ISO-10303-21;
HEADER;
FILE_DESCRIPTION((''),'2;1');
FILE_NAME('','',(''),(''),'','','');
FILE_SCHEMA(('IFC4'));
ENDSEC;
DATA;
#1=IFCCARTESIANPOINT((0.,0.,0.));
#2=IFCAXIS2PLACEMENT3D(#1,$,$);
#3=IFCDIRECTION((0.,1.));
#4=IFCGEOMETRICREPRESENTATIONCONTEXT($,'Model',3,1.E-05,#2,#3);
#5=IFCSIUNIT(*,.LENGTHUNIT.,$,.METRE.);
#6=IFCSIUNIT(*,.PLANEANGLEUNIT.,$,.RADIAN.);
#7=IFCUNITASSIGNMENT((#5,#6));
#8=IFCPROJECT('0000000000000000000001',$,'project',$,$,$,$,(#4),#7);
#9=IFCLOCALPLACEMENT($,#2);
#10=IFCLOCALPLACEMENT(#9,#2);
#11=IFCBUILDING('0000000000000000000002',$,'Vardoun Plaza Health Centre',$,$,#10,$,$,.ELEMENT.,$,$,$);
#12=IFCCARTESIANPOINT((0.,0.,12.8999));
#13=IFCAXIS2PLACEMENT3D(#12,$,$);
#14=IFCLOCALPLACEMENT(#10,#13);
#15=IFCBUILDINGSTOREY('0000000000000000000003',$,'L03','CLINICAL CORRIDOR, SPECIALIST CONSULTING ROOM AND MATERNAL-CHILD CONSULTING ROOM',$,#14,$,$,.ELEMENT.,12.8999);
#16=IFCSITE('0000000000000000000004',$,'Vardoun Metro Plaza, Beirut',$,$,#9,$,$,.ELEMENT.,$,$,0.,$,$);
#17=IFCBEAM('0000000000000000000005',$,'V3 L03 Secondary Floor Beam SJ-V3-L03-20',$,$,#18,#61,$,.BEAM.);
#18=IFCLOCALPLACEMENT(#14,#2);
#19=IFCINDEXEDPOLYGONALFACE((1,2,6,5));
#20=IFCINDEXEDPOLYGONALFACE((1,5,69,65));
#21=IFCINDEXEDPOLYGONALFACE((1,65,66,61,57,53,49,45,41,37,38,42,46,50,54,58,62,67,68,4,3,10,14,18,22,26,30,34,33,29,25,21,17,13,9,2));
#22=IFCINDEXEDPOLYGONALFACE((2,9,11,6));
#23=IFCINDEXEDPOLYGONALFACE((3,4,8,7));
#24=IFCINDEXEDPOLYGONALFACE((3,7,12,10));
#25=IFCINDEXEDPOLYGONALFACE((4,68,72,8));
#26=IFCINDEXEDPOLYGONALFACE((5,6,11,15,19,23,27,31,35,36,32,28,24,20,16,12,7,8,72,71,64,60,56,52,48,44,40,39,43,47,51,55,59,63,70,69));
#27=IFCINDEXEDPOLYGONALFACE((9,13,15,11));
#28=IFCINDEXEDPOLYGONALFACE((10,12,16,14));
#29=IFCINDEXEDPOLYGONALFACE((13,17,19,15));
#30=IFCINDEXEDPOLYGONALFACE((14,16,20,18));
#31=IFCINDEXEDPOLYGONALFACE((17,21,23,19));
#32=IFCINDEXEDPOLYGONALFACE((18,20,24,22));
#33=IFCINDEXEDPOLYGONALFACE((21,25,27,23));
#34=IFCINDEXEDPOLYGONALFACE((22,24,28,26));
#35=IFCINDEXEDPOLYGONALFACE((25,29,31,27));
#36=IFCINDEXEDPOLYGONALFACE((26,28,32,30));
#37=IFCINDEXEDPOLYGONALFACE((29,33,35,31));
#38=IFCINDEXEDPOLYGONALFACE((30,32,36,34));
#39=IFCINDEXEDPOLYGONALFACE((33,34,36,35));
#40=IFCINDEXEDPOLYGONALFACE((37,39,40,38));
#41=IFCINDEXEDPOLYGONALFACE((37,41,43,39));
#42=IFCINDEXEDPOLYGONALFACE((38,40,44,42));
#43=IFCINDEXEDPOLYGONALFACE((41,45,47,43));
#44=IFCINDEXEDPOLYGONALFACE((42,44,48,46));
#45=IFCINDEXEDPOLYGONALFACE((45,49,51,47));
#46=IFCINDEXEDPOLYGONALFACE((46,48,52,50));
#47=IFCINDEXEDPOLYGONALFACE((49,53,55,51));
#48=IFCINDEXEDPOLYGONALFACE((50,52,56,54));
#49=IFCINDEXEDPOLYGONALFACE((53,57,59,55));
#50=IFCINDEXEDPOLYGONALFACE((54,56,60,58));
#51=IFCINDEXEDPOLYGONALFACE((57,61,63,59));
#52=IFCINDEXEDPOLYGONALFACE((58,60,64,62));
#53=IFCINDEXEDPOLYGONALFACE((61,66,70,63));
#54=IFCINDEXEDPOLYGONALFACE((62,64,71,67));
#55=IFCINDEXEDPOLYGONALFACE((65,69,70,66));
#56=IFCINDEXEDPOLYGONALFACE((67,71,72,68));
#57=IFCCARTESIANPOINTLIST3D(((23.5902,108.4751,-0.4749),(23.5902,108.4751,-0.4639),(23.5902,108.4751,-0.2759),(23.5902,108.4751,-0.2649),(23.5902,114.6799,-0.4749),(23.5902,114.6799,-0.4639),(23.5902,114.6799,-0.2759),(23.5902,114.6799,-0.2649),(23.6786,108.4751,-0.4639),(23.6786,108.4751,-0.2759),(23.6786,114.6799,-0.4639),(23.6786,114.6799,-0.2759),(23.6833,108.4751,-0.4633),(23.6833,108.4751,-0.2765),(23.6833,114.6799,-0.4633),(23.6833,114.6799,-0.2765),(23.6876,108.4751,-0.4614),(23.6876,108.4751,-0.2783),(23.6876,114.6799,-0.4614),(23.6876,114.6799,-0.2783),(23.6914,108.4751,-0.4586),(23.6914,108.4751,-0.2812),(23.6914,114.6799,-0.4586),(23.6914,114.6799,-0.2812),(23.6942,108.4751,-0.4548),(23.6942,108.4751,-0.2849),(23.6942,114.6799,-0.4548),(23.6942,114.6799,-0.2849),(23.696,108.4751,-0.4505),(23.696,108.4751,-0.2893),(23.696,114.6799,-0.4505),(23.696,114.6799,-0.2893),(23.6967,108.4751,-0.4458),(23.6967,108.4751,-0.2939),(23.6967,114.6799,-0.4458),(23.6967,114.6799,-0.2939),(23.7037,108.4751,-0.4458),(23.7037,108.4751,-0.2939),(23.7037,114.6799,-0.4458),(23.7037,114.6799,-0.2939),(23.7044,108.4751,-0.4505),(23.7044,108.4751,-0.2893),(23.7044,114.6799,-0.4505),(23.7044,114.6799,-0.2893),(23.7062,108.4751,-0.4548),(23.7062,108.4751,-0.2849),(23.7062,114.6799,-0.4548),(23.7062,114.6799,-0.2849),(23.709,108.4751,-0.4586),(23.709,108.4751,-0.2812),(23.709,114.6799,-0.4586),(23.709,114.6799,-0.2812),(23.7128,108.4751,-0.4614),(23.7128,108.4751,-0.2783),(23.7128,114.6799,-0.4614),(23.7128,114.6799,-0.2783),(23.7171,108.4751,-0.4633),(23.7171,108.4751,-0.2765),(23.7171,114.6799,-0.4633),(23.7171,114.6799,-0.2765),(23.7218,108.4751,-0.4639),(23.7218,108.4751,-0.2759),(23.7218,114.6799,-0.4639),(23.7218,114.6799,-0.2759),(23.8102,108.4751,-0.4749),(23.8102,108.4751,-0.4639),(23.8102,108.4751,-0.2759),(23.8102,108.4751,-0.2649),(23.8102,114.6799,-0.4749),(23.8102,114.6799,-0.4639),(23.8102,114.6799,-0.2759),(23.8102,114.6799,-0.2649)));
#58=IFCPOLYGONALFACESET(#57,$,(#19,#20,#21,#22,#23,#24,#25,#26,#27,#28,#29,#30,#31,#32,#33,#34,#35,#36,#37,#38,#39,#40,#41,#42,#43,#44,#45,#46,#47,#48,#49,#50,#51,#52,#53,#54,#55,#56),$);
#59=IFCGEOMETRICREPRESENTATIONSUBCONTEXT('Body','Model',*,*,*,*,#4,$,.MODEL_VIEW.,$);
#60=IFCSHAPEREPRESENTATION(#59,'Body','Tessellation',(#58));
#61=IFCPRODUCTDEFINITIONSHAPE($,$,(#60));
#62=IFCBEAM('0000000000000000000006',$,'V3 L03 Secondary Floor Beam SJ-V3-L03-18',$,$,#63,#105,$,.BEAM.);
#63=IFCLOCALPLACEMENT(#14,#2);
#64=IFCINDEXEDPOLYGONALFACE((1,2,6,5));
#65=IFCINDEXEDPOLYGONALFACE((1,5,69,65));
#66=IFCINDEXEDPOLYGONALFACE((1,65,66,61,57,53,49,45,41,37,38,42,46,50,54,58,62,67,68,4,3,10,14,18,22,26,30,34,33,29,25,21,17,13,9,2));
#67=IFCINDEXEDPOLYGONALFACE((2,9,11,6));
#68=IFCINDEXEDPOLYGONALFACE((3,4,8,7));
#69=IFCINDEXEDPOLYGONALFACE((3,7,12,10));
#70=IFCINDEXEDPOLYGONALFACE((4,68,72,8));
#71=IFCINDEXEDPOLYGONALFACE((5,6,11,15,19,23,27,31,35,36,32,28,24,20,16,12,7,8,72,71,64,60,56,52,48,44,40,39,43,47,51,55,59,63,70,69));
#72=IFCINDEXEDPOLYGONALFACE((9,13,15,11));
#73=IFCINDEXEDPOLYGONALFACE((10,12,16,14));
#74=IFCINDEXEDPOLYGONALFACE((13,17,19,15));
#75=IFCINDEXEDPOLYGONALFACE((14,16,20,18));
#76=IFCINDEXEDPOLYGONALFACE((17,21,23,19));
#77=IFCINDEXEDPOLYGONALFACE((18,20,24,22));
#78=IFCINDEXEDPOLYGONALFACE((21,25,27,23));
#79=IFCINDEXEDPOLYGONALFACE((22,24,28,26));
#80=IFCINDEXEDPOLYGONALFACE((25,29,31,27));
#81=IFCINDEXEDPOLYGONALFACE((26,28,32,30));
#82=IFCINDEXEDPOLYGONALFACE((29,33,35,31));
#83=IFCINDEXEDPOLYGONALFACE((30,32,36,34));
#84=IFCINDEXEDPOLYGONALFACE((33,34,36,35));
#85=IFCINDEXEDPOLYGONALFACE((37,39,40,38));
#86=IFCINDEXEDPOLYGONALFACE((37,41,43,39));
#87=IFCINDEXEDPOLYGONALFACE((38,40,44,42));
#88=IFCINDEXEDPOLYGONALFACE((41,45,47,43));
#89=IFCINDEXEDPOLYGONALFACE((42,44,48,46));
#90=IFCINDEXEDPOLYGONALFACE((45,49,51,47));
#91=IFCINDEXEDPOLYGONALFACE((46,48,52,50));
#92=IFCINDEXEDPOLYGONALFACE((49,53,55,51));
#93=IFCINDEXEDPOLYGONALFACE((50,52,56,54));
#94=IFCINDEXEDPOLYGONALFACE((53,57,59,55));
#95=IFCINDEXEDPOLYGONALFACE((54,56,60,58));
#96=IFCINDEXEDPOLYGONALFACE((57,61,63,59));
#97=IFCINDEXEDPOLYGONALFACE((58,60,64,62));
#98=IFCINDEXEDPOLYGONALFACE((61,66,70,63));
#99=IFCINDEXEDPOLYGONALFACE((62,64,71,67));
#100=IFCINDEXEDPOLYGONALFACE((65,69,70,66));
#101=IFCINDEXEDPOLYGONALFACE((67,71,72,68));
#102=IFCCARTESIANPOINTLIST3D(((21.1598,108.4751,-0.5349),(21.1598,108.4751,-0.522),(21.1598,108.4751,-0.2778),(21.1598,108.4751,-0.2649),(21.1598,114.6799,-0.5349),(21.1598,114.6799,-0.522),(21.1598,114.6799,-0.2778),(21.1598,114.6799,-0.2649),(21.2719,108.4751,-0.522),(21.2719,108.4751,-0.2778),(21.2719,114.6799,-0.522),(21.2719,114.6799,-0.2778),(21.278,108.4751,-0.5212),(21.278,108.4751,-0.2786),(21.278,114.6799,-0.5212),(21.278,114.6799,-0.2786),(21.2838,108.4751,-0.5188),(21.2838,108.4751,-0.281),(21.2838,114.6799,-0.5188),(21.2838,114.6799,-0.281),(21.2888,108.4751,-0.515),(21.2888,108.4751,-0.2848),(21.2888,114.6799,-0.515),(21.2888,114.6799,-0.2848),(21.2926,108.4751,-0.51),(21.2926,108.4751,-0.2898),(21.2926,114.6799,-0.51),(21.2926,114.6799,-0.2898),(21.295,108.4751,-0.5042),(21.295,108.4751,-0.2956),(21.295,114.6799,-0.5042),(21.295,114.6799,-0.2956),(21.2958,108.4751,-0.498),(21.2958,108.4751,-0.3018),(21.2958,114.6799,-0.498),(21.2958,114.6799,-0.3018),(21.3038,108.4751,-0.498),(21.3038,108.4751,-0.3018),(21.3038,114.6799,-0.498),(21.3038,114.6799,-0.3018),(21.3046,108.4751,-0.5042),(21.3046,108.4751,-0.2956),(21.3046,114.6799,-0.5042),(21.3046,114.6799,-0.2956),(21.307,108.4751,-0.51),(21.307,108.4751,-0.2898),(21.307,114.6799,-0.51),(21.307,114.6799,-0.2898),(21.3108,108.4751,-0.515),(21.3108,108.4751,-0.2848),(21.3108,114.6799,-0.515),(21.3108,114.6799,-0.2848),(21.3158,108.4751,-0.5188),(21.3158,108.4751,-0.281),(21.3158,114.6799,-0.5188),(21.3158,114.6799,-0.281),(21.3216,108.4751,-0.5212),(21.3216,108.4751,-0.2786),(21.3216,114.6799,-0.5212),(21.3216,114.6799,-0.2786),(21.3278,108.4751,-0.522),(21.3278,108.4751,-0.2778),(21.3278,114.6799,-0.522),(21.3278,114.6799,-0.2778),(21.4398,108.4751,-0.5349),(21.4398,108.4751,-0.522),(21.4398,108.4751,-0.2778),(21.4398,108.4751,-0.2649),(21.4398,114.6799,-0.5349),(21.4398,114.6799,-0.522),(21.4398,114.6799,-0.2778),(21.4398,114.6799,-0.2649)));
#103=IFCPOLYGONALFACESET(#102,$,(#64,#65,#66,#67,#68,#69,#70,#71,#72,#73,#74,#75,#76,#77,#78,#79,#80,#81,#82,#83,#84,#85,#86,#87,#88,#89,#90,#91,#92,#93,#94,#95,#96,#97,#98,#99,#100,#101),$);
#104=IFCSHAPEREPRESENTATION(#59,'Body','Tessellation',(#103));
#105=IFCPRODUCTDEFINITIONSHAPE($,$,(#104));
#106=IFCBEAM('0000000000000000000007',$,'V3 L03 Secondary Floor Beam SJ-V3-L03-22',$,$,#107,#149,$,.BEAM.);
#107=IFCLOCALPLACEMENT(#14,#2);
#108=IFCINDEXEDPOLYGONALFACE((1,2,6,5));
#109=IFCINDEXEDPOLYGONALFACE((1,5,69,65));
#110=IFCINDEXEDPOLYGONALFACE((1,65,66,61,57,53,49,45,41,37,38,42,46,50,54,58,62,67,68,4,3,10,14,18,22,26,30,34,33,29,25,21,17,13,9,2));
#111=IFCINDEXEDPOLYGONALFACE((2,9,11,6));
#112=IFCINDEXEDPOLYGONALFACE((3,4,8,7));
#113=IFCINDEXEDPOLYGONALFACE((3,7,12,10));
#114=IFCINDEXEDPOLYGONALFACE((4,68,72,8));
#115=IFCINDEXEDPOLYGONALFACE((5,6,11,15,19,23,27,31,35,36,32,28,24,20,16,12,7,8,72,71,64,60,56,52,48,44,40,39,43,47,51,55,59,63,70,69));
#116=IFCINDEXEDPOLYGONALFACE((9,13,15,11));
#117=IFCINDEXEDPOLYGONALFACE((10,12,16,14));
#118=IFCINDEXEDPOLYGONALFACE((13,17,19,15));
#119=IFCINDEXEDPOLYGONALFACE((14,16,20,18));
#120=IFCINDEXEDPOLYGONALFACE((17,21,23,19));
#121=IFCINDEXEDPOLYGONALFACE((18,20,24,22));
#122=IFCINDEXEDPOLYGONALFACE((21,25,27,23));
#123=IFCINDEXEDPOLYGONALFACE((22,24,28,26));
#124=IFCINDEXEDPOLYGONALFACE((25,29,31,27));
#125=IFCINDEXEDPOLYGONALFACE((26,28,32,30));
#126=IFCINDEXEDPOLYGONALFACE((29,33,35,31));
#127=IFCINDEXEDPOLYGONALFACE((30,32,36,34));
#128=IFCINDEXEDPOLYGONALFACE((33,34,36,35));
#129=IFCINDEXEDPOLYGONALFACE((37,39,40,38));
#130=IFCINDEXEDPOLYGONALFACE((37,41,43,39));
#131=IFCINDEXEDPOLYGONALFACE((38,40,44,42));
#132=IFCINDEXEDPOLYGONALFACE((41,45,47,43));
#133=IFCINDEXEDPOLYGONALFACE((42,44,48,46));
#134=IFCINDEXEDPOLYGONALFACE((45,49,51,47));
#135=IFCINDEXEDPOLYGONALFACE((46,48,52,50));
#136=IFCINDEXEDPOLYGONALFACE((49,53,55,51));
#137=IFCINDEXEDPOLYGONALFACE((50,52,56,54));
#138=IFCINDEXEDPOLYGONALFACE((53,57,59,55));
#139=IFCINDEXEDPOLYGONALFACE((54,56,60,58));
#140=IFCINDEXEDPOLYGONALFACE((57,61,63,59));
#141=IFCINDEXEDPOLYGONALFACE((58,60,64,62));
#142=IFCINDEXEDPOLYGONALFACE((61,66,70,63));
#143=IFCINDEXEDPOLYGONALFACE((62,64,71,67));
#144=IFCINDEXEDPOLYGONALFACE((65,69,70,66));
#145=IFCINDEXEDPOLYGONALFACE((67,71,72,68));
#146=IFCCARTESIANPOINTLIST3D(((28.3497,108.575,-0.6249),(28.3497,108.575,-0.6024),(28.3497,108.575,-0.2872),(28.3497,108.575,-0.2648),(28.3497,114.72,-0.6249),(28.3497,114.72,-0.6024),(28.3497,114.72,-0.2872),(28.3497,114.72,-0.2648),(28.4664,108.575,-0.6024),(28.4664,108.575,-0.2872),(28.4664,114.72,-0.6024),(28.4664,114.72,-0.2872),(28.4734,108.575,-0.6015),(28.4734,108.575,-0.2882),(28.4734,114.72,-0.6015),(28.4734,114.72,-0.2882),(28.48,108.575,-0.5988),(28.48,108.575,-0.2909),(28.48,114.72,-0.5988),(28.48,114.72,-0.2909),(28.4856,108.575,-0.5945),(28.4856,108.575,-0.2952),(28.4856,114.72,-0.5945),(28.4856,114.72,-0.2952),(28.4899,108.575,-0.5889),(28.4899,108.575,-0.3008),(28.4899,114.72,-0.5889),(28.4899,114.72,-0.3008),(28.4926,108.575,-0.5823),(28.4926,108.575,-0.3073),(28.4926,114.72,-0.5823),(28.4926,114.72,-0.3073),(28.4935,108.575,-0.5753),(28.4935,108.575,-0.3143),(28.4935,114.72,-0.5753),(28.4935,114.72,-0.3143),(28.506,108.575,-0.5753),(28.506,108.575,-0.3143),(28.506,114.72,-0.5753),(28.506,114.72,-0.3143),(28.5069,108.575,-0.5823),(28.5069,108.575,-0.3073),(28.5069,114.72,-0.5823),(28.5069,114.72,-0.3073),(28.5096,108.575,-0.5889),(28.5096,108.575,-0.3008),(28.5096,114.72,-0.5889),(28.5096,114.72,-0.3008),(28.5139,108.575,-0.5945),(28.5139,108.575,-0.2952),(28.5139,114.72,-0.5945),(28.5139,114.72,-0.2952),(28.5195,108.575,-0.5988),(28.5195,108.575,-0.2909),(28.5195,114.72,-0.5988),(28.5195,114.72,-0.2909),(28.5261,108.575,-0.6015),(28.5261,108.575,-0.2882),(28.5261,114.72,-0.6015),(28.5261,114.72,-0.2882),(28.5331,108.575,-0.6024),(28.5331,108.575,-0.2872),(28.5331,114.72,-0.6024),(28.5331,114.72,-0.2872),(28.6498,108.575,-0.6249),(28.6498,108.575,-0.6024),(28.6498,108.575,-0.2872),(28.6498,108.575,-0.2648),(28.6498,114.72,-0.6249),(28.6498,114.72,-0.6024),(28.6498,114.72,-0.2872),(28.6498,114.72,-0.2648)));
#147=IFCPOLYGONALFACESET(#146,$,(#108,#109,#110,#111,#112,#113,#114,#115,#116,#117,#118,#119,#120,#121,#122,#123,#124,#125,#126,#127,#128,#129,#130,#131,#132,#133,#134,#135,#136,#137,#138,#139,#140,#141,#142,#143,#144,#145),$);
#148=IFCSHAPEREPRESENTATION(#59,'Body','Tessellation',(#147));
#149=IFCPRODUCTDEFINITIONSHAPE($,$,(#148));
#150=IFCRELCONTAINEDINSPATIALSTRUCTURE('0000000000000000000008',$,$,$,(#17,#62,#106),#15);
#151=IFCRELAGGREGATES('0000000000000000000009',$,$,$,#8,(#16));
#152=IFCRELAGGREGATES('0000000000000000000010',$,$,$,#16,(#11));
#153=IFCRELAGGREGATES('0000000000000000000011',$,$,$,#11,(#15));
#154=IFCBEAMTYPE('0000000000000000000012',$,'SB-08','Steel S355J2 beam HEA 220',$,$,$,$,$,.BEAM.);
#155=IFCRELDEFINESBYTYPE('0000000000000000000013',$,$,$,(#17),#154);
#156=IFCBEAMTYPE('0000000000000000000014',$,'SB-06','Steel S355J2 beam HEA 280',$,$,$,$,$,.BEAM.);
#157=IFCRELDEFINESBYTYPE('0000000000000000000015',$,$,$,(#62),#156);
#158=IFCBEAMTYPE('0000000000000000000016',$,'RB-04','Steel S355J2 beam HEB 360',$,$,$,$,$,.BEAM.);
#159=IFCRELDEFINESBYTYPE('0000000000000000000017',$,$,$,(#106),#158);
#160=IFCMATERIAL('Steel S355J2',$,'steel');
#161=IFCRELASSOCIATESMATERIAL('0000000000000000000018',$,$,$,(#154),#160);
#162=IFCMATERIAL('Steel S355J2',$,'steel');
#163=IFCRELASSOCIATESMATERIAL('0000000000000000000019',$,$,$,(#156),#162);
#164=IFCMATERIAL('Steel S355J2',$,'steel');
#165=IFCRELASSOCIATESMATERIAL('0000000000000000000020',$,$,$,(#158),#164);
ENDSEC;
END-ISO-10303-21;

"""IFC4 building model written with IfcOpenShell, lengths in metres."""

from ifc_helpers import new_model, si_unit, direction, frame, origin, origin_2d, place, context, subcontext, project, spatial, i_section, extrude, material, material_profile, profile_set, type_object, element, save


model = new_model("IFC4")

# Units and contexts
model_context = context("Model", 3, precision=1e-05, world=origin(), true_north=direction((0.0, 1.0)))
body_context = subcontext(model_context, "Body", "Model", "MODEL_VIEW")
ifc_project = project(units=[si_unit("LENGTHUNIT", "METRE"), si_unit("PLANEANGLEUNIT", "RADIAN")], contexts=[model_context])

# Site, building, storey
site_placement = place(None, origin())
site = spatial("IfcSite", under=ifc_project, at=site_placement, Name="Vardoun Metro Plaza, Beirut", CompositionType="ELEMENT", RefElevation=0.0)
building_placement = place(site_placement, origin())
building = spatial("IfcBuilding", under=site, at=building_placement, Name="Vardoun Plaza Health Centre", CompositionType="ELEMENT")
storey_placement = place(building_placement, frame((0.0, 0.0, 12.8999)))
storey = spatial("IfcBuildingStorey", under=building, at=storey_placement, Name="L03", Description="CLINICAL CORRIDOR, SPECIALIST CONSULTING ROOM AND MATERNAL-CHILD CONSULTING ROOM", CompositionType="ELEMENT", Elevation=12.8999)

# Beams
ifc_material_1 = material(Name="Steel S355J2", Category="steel")
ifc_material_profile_1 = material_profile(ifc_material_1, i_section(OverallWidth=0.22, OverallDepth=0.21, WebThickness=0.0071, FlangeThickness=0.011, FilletRadius=0.0181, at=origin_2d()), Name="HEA 220")
ifc_profile_set_1 = profile_set([ifc_material_profile_1], Name="Steel S355J2")
beam_type_1 = type_object("IfcBeamType", Name="SB-08", Description="Steel S355J2 beam HEA 220", PredefinedType="BEAM", material=ifc_profile_set_1)
beam_1_placement = place(storey_placement, frame((23.7002, 108.4751, -0.3699), z_axis=(0.0, 1.0, 0.0), x_axis=(-1.0, 0.0, 0.0)))
element("IfcBeam", 1, at=beam_1_placement, inside=storey, type_object=beam_type_1, Name="V3 L03 Secondary Floor Beam SJ-V3-L03-20", PredefinedType="BEAM", context=body_context, shape_type="SweptSolid", body=[
    extrude(i_section(OverallWidth=0.22, OverallDepth=0.21, WebThickness=0.0071, FlangeThickness=0.011, FilletRadius=0.0181, at=origin_2d()), origin(), (0.0, 0.0, 1.0), 6.2048),
])
ifc_material_2 = material(Name="Steel S355J2", Category="steel")
ifc_material_profile_2 = material_profile(ifc_material_2, i_section(OverallWidth=0.28, OverallDepth=0.27, WebThickness=0.0081, FlangeThickness=0.0129, FilletRadius=0.0239, at=origin_2d()), Name="HEA 280")
ifc_profile_set_2 = profile_set([ifc_material_profile_2], Name="Steel S355J2")
beam_type_2 = type_object("IfcBeamType", Name="SB-06", Description="Steel S355J2 beam HEA 280", PredefinedType="BEAM", material=ifc_profile_set_2)
beam_2_placement = place(storey_placement, frame((21.2998, 108.4751, -0.3999), z_axis=(0.0, 1.0, 0.0), x_axis=(-1.0, 0.0, 0.0)))
element("IfcBeam", 2, at=beam_2_placement, inside=storey, type_object=beam_type_2, Name="V3 L03 Secondary Floor Beam SJ-V3-L03-18", PredefinedType="BEAM", context=body_context, shape_type="SweptSolid", body=[
    extrude(i_section(OverallWidth=0.28, OverallDepth=0.27, WebThickness=0.0081, FlangeThickness=0.0129, FilletRadius=0.0239, at=origin_2d()), origin(), (0.0, 0.0, 1.0), 6.2048),
])
ifc_material_3 = material(Name="Steel S355J2", Category="steel")
ifc_material_profile_3 = material_profile(ifc_material_3, i_section(OverallWidth=0.3, OverallDepth=0.3601, WebThickness=0.0125, FlangeThickness=0.0225, FilletRadius=0.0271, at=origin_2d()), Name="HEB 360")
ifc_profile_set_3 = profile_set([ifc_material_profile_3], Name="Steel S355J2")
beam_type_3 = type_object("IfcBeamType", Name="RB-04", Description="Steel S355J2 beam HEB 360", PredefinedType="BEAM", material=ifc_profile_set_3)
beam_3_placement = place(storey_placement, frame((28.4998, 108.575, -0.4448), z_axis=(0.0, 1.0, 0.0), x_axis=(-1.0, 0.0, 0.0)))
element("IfcBeam", 3, at=beam_3_placement, inside=storey, type_object=beam_type_3, Name="V3 L03 Secondary Floor Beam SJ-V3-L03-22", PredefinedType="BEAM", context=body_context, shape_type="SweptSolid", body=[
    extrude(i_section(OverallWidth=0.3, OverallDepth=0.3601, WebThickness=0.0125, FlangeThickness=0.0225, FilletRadius=0.0271, at=origin_2d()), origin(), (0.0, 0.0, 1.0), 6.145),
])

save(model, "model.ifc")
